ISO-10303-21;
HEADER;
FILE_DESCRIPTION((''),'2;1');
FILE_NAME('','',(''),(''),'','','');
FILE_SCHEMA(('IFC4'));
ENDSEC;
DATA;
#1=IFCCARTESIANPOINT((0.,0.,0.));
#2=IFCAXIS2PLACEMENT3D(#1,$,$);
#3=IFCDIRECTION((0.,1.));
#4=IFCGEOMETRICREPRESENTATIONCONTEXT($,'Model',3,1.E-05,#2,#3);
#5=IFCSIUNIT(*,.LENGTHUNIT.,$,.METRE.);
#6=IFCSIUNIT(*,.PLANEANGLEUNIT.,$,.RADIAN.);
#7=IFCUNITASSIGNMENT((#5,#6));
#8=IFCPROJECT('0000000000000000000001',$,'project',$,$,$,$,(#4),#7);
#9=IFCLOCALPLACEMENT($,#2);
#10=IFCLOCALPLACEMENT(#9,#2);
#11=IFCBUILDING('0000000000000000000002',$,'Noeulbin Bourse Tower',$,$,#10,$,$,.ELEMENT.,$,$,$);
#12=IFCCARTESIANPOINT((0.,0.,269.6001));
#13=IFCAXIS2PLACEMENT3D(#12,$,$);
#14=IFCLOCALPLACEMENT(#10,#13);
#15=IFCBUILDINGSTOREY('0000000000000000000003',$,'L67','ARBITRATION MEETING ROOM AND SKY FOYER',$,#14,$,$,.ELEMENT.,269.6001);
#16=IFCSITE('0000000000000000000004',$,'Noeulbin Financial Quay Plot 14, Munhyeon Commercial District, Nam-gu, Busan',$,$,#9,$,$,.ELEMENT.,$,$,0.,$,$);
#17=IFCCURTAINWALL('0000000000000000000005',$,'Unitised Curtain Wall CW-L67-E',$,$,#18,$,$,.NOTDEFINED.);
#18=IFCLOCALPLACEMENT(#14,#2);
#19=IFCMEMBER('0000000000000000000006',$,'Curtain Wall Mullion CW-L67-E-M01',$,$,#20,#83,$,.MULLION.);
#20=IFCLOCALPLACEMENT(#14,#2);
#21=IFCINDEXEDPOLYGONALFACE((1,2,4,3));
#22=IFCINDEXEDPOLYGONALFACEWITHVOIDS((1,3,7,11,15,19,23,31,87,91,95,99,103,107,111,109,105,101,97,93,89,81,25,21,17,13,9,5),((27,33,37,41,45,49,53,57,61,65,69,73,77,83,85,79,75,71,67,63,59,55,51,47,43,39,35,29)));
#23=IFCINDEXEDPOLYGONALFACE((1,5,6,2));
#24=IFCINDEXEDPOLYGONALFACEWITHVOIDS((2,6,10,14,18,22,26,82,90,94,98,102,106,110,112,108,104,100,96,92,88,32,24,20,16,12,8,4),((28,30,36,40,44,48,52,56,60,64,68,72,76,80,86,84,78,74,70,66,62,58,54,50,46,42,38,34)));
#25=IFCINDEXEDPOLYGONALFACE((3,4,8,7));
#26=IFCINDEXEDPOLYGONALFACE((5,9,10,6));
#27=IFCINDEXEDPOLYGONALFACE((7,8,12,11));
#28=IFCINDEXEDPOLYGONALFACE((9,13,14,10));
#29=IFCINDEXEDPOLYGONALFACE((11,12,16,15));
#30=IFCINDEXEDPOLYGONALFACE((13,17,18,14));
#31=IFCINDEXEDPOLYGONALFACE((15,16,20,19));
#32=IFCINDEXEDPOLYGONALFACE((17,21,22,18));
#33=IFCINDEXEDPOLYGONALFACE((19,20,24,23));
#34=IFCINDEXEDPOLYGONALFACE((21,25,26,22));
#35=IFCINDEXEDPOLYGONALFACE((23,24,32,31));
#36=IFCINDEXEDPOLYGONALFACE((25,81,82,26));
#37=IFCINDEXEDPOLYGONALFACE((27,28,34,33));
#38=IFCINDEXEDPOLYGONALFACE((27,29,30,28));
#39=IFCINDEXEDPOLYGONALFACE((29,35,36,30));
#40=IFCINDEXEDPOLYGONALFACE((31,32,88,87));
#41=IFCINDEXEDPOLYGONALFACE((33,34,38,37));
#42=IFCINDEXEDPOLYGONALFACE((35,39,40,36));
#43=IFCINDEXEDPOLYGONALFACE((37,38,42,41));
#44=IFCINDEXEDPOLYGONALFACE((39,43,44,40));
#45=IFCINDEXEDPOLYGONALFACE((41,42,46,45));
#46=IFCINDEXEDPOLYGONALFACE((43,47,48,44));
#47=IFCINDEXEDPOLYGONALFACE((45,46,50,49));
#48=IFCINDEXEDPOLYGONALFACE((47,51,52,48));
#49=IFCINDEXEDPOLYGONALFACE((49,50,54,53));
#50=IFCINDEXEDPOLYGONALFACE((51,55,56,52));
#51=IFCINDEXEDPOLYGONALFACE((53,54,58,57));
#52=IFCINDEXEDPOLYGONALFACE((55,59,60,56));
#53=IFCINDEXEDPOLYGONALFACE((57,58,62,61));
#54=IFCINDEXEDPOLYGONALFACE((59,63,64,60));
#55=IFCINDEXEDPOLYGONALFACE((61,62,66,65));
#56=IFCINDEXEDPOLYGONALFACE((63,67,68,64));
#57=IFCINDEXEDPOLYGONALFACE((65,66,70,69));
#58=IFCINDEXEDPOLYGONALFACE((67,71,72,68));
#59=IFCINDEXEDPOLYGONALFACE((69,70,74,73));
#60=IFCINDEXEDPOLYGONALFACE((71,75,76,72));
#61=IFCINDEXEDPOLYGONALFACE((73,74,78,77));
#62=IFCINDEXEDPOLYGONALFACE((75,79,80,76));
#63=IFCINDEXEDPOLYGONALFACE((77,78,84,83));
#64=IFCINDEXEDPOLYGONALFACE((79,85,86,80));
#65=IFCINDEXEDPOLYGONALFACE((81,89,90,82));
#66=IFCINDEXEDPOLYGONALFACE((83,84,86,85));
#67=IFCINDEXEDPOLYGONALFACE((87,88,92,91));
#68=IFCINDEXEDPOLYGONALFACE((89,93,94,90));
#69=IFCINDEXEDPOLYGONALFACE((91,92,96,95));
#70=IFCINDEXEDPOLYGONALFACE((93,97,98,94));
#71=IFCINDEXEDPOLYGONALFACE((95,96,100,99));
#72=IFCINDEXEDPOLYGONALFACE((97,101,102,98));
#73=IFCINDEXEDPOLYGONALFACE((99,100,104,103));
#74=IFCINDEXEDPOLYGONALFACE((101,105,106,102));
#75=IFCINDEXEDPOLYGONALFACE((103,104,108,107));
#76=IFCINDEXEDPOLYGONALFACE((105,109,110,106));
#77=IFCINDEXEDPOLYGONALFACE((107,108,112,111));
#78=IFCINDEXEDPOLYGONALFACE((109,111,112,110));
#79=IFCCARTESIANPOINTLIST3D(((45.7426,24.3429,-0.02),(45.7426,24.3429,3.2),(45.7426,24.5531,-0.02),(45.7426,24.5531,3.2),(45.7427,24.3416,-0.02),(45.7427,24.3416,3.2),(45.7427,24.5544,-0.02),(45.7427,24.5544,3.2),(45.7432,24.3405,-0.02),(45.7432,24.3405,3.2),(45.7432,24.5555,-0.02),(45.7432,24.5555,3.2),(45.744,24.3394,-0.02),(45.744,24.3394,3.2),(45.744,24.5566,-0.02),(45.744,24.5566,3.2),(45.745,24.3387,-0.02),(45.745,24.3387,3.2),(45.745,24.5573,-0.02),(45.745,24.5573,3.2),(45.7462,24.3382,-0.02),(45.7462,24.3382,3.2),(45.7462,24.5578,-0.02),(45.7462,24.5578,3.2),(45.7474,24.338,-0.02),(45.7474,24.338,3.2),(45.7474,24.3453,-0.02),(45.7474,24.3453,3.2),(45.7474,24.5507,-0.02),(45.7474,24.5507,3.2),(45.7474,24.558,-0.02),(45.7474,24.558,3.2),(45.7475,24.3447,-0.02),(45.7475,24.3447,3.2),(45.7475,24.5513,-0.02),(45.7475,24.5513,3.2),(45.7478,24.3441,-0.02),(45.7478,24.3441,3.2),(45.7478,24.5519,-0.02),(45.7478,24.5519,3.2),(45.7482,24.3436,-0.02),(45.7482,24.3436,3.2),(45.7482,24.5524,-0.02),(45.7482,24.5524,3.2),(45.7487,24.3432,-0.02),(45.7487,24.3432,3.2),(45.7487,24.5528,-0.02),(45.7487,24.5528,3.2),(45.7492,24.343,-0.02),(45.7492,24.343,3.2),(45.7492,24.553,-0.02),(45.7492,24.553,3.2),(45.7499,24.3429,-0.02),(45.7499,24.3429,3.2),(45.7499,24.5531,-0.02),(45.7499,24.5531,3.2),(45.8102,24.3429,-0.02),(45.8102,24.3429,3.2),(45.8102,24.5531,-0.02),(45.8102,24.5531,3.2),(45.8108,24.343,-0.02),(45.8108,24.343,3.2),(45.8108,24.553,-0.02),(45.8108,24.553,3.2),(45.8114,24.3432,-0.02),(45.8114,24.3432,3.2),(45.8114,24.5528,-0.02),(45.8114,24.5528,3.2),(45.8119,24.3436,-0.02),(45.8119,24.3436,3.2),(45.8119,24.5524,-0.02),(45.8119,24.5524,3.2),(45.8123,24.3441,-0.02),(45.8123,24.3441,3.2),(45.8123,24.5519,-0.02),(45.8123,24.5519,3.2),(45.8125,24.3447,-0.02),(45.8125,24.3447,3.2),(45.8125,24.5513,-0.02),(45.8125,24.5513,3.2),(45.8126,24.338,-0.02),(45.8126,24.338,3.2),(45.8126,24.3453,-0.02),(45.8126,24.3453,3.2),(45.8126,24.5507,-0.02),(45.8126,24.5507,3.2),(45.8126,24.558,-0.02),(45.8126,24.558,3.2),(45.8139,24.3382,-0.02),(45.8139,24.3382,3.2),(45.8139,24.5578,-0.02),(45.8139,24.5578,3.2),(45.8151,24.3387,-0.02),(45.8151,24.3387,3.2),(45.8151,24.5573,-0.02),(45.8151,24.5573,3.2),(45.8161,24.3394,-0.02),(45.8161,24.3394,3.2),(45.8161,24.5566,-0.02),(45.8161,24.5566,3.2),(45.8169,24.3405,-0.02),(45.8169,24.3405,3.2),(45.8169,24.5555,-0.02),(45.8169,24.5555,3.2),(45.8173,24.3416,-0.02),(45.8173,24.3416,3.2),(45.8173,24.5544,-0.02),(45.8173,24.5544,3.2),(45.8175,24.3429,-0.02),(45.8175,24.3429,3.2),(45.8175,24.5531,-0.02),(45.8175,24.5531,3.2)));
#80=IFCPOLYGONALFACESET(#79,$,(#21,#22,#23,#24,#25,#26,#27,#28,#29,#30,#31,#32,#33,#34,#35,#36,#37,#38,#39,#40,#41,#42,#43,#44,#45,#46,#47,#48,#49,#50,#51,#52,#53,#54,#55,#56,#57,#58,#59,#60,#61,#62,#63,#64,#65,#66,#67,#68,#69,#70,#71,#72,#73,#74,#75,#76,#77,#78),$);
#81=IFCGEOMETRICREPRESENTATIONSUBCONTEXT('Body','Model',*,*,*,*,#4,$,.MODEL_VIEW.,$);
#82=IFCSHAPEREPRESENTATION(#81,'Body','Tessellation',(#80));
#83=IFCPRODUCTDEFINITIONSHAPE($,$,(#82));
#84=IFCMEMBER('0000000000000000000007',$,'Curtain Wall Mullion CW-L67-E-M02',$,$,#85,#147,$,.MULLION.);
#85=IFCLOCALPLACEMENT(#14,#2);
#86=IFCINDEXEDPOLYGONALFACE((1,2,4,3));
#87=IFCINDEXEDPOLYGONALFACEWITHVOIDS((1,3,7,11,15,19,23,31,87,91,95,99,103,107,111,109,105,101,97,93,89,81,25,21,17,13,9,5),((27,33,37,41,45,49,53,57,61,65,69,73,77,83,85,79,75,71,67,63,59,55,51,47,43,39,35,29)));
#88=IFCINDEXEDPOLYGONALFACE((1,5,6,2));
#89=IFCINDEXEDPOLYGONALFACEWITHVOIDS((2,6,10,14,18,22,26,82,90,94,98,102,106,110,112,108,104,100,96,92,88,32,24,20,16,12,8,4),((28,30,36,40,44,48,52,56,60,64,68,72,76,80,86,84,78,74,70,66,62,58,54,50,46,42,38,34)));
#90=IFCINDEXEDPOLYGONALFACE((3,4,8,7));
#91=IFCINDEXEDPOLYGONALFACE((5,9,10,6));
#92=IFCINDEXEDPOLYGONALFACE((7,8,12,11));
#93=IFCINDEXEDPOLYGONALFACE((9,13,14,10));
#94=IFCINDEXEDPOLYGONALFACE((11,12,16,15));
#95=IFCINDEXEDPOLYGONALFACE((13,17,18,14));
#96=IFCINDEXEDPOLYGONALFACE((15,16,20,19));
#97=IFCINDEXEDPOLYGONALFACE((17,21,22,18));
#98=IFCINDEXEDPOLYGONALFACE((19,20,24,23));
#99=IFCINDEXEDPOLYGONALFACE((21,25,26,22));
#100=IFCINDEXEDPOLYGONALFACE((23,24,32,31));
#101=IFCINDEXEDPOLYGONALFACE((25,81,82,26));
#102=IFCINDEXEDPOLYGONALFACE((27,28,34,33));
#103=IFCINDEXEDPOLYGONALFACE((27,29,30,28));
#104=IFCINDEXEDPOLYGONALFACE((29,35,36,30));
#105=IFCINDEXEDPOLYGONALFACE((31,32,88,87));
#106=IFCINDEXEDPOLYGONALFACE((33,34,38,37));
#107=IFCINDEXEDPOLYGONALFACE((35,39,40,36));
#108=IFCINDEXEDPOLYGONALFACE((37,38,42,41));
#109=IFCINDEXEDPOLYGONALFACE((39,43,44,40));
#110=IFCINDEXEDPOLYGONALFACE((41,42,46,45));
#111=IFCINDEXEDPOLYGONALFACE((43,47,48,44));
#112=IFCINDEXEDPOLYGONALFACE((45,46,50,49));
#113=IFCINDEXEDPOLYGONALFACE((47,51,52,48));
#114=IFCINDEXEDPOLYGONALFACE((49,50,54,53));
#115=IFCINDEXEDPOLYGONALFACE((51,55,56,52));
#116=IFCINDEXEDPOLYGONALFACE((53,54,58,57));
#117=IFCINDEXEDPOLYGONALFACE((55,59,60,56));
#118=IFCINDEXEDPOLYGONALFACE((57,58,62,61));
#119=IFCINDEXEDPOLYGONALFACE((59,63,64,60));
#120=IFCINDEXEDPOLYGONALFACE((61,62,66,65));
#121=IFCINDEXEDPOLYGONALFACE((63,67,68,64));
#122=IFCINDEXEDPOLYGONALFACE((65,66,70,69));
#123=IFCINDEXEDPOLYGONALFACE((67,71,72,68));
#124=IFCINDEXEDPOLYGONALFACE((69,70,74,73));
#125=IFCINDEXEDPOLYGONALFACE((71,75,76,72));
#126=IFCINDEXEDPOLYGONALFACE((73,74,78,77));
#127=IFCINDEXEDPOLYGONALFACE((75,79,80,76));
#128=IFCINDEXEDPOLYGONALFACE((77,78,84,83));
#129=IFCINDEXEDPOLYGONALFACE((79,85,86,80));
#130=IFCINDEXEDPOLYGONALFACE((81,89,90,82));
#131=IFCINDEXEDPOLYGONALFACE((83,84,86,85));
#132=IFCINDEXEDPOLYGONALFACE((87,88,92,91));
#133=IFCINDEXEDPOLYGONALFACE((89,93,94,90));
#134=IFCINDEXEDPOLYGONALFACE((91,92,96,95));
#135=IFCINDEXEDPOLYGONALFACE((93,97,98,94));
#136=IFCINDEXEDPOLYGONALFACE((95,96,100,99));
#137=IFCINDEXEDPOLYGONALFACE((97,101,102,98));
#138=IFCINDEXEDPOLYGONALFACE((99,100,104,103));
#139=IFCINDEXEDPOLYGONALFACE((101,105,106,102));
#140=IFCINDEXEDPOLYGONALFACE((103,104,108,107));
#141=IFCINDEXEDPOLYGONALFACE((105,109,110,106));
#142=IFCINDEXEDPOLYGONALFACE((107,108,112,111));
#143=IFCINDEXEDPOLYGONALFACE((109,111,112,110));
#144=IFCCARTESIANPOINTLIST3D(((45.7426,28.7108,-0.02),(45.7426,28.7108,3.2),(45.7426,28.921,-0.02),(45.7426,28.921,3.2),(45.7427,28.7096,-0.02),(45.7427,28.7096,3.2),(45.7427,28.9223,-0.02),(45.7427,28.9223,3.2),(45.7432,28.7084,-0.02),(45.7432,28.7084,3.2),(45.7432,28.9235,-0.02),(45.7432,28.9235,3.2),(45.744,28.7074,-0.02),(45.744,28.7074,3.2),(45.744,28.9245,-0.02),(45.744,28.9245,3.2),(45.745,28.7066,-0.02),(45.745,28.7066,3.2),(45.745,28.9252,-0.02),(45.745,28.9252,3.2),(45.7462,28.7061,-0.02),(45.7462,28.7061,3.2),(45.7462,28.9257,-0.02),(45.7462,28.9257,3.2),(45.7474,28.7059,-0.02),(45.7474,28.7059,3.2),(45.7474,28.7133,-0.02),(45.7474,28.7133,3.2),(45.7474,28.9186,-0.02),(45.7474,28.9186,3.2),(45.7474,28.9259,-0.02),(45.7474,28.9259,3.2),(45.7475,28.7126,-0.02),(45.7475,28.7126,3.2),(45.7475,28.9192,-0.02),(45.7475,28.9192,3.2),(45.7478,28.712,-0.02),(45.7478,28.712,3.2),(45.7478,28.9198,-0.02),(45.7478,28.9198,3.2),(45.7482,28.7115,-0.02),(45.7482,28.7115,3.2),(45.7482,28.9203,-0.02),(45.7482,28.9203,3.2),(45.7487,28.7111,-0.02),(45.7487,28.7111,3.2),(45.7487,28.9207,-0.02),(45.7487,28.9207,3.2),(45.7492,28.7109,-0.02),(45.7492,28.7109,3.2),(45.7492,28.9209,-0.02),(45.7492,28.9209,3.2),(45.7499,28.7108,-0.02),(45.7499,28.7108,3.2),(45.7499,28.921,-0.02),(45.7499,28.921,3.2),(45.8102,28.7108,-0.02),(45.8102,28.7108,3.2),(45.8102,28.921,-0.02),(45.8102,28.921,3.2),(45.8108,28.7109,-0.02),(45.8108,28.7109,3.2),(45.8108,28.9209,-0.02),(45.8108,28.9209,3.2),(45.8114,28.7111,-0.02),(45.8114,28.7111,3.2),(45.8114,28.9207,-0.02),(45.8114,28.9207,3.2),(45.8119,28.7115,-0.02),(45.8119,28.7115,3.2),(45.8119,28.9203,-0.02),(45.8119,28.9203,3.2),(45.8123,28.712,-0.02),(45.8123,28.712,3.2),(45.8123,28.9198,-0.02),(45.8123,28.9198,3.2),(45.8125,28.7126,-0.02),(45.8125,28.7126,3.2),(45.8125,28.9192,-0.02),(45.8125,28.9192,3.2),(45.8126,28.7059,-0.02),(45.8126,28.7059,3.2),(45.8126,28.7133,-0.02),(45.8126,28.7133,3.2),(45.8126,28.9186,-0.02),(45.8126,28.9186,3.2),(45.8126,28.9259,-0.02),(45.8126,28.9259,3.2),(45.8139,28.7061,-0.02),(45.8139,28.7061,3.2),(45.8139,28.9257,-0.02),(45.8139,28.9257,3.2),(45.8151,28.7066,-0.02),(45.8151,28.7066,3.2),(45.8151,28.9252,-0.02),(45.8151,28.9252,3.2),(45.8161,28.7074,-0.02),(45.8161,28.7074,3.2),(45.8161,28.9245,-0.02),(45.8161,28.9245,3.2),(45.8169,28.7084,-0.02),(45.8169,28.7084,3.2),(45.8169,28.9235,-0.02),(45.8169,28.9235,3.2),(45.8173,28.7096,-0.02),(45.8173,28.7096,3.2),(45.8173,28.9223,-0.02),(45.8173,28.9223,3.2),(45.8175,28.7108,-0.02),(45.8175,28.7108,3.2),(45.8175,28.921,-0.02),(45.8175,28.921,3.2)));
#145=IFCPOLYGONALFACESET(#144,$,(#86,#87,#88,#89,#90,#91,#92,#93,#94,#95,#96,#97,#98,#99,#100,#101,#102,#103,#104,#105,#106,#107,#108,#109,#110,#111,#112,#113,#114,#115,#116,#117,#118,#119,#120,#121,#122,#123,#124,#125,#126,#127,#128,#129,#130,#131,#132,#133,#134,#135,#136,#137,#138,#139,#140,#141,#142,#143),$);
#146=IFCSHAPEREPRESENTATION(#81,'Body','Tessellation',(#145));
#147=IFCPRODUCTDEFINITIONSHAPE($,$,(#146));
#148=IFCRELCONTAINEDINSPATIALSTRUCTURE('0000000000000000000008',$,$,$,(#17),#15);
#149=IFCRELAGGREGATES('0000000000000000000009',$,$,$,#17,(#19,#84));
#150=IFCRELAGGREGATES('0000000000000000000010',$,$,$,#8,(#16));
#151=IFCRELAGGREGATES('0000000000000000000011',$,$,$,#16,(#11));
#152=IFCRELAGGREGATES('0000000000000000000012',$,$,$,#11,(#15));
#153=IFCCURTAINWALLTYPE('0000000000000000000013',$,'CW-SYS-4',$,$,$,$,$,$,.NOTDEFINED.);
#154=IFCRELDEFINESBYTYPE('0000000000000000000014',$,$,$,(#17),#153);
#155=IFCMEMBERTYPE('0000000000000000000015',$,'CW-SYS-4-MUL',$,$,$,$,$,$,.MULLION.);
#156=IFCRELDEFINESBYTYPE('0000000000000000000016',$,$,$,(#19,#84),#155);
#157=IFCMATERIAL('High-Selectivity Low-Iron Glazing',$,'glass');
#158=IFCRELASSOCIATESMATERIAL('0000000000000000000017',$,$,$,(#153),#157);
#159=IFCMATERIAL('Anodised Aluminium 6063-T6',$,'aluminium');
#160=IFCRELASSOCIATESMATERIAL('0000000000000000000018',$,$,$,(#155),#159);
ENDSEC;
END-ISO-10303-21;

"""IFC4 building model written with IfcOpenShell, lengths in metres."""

from ifc_helpers import new_model, si_unit, direction, frame, origin, origin_2d, place, context, subcontext, project, spatial, hollow_rectangle, extrude, material, material_profile, profile_set, type_object, element, aggregate, save


model = new_model("IFC4")

# Units and contexts
model_context = context("Model", 3, precision=1e-05, world=origin(), true_north=direction((0.0, 1.0)))
body_context = subcontext(model_context, "Body", "Model", "MODEL_VIEW")
ifc_project = project(units=[si_unit("LENGTHUNIT", "METRE"), si_unit("PLANEANGLEUNIT", "RADIAN")], contexts=[model_context])

# Site, building, storey
site_placement = place(None, origin())
site = spatial("IfcSite", under=ifc_project, at=site_placement, Name="Noeulbin Financial Quay Plot 14, Munhyeon Commercial District, Nam-gu, Busan", CompositionType="ELEMENT", RefElevation=0.0)
building_placement = place(site_placement, origin())
building = spatial("IfcBuilding", under=site, at=building_placement, Name="Noeulbin Bourse Tower", CompositionType="ELEMENT")
storey_placement = place(building_placement, frame((0.0, 0.0, 269.6001)))
storey = spatial("IfcBuildingStorey", under=building, at=storey_placement, Name="L67", Description="ARBITRATION MEETING ROOM AND SKY FOYER", CompositionType="ELEMENT", Elevation=269.6001)

# Curtain wall, members
ifc_material_1 = material(Name="High-Selectivity Low-Iron Glazing", Category="glass")
curtain_wall_type = type_object("IfcCurtainWallType", Name="CW-SYS-4", PredefinedType="NOTDEFINED", material=ifc_material_1)
ifc_material_2 = material(Name="Anodised Aluminium 6063-T6", Category="aluminium")
ifc_material_profile_1 = material_profile(ifc_material_2, hollow_rectangle(XDim=0.075, YDim=0.22, WallThickness=0.0049, InnerFilletRadius=0.0024, OuterFilletRadius=0.0049, at=origin_2d()), Name="ALU-MULL-75x220x5", Category="LoadBearing")
ifc_profile_set_1 = profile_set([ifc_material_profile_1], Name="Anodised Aluminium 6063-T6")
member_type_1 = type_object("IfcMemberType", Name="CW-SYS-4-MUL", PredefinedType="MULLION", material=ifc_profile_set_1)
curtain_wall_1_placement = place(storey_placement, origin())
curtain_wall_1 = element("IfcCurtainWall", 1, at=curtain_wall_1_placement, inside=storey, type_object=curtain_wall_type, Name="Unitised Curtain Wall CW-L67-E", PredefinedType="NOTDEFINED")
member_1_placement = place(storey_placement, frame((45.78, 24.448, -0.02), z_axis=(0.0, 0.0, 1.0), x_axis=(1.0, 0.0, 0.0)))
member_1 = element("IfcMember", 2, at=member_1_placement, type_object=member_type_1, Name="Curtain Wall Mullion CW-L67-E-M01", PredefinedType="MULLION", context=body_context, shape_type="SweptSolid", body=[
    extrude(hollow_rectangle(XDim=0.075, YDim=0.22, WallThickness=0.0049, InnerFilletRadius=0.0024, OuterFilletRadius=0.0049, at=origin_2d()), origin(), (0.0, 0.0, 1.0), 3.22),
])
member_2_placement = place(storey_placement, frame((45.78, 28.8159, -0.02), z_axis=(0.0, 0.0, 1.0), x_axis=(1.0, 0.0, 0.0)))
member_2 = element("IfcMember", 3, at=member_2_placement, type_object=member_type_1, Name="Curtain Wall Mullion CW-L67-E-M02", PredefinedType="MULLION", context=body_context, shape_type="SweptSolid", body=[
    extrude(hollow_rectangle(XDim=0.075, YDim=0.22, WallThickness=0.0049, InnerFilletRadius=0.0024, OuterFilletRadius=0.0049, at=origin_2d()), origin(), (0.0, 0.0, 1.0), 3.22),
])

aggregate(curtain_wall_1, [member_1, member_2])

save(model, "model.ifc")
